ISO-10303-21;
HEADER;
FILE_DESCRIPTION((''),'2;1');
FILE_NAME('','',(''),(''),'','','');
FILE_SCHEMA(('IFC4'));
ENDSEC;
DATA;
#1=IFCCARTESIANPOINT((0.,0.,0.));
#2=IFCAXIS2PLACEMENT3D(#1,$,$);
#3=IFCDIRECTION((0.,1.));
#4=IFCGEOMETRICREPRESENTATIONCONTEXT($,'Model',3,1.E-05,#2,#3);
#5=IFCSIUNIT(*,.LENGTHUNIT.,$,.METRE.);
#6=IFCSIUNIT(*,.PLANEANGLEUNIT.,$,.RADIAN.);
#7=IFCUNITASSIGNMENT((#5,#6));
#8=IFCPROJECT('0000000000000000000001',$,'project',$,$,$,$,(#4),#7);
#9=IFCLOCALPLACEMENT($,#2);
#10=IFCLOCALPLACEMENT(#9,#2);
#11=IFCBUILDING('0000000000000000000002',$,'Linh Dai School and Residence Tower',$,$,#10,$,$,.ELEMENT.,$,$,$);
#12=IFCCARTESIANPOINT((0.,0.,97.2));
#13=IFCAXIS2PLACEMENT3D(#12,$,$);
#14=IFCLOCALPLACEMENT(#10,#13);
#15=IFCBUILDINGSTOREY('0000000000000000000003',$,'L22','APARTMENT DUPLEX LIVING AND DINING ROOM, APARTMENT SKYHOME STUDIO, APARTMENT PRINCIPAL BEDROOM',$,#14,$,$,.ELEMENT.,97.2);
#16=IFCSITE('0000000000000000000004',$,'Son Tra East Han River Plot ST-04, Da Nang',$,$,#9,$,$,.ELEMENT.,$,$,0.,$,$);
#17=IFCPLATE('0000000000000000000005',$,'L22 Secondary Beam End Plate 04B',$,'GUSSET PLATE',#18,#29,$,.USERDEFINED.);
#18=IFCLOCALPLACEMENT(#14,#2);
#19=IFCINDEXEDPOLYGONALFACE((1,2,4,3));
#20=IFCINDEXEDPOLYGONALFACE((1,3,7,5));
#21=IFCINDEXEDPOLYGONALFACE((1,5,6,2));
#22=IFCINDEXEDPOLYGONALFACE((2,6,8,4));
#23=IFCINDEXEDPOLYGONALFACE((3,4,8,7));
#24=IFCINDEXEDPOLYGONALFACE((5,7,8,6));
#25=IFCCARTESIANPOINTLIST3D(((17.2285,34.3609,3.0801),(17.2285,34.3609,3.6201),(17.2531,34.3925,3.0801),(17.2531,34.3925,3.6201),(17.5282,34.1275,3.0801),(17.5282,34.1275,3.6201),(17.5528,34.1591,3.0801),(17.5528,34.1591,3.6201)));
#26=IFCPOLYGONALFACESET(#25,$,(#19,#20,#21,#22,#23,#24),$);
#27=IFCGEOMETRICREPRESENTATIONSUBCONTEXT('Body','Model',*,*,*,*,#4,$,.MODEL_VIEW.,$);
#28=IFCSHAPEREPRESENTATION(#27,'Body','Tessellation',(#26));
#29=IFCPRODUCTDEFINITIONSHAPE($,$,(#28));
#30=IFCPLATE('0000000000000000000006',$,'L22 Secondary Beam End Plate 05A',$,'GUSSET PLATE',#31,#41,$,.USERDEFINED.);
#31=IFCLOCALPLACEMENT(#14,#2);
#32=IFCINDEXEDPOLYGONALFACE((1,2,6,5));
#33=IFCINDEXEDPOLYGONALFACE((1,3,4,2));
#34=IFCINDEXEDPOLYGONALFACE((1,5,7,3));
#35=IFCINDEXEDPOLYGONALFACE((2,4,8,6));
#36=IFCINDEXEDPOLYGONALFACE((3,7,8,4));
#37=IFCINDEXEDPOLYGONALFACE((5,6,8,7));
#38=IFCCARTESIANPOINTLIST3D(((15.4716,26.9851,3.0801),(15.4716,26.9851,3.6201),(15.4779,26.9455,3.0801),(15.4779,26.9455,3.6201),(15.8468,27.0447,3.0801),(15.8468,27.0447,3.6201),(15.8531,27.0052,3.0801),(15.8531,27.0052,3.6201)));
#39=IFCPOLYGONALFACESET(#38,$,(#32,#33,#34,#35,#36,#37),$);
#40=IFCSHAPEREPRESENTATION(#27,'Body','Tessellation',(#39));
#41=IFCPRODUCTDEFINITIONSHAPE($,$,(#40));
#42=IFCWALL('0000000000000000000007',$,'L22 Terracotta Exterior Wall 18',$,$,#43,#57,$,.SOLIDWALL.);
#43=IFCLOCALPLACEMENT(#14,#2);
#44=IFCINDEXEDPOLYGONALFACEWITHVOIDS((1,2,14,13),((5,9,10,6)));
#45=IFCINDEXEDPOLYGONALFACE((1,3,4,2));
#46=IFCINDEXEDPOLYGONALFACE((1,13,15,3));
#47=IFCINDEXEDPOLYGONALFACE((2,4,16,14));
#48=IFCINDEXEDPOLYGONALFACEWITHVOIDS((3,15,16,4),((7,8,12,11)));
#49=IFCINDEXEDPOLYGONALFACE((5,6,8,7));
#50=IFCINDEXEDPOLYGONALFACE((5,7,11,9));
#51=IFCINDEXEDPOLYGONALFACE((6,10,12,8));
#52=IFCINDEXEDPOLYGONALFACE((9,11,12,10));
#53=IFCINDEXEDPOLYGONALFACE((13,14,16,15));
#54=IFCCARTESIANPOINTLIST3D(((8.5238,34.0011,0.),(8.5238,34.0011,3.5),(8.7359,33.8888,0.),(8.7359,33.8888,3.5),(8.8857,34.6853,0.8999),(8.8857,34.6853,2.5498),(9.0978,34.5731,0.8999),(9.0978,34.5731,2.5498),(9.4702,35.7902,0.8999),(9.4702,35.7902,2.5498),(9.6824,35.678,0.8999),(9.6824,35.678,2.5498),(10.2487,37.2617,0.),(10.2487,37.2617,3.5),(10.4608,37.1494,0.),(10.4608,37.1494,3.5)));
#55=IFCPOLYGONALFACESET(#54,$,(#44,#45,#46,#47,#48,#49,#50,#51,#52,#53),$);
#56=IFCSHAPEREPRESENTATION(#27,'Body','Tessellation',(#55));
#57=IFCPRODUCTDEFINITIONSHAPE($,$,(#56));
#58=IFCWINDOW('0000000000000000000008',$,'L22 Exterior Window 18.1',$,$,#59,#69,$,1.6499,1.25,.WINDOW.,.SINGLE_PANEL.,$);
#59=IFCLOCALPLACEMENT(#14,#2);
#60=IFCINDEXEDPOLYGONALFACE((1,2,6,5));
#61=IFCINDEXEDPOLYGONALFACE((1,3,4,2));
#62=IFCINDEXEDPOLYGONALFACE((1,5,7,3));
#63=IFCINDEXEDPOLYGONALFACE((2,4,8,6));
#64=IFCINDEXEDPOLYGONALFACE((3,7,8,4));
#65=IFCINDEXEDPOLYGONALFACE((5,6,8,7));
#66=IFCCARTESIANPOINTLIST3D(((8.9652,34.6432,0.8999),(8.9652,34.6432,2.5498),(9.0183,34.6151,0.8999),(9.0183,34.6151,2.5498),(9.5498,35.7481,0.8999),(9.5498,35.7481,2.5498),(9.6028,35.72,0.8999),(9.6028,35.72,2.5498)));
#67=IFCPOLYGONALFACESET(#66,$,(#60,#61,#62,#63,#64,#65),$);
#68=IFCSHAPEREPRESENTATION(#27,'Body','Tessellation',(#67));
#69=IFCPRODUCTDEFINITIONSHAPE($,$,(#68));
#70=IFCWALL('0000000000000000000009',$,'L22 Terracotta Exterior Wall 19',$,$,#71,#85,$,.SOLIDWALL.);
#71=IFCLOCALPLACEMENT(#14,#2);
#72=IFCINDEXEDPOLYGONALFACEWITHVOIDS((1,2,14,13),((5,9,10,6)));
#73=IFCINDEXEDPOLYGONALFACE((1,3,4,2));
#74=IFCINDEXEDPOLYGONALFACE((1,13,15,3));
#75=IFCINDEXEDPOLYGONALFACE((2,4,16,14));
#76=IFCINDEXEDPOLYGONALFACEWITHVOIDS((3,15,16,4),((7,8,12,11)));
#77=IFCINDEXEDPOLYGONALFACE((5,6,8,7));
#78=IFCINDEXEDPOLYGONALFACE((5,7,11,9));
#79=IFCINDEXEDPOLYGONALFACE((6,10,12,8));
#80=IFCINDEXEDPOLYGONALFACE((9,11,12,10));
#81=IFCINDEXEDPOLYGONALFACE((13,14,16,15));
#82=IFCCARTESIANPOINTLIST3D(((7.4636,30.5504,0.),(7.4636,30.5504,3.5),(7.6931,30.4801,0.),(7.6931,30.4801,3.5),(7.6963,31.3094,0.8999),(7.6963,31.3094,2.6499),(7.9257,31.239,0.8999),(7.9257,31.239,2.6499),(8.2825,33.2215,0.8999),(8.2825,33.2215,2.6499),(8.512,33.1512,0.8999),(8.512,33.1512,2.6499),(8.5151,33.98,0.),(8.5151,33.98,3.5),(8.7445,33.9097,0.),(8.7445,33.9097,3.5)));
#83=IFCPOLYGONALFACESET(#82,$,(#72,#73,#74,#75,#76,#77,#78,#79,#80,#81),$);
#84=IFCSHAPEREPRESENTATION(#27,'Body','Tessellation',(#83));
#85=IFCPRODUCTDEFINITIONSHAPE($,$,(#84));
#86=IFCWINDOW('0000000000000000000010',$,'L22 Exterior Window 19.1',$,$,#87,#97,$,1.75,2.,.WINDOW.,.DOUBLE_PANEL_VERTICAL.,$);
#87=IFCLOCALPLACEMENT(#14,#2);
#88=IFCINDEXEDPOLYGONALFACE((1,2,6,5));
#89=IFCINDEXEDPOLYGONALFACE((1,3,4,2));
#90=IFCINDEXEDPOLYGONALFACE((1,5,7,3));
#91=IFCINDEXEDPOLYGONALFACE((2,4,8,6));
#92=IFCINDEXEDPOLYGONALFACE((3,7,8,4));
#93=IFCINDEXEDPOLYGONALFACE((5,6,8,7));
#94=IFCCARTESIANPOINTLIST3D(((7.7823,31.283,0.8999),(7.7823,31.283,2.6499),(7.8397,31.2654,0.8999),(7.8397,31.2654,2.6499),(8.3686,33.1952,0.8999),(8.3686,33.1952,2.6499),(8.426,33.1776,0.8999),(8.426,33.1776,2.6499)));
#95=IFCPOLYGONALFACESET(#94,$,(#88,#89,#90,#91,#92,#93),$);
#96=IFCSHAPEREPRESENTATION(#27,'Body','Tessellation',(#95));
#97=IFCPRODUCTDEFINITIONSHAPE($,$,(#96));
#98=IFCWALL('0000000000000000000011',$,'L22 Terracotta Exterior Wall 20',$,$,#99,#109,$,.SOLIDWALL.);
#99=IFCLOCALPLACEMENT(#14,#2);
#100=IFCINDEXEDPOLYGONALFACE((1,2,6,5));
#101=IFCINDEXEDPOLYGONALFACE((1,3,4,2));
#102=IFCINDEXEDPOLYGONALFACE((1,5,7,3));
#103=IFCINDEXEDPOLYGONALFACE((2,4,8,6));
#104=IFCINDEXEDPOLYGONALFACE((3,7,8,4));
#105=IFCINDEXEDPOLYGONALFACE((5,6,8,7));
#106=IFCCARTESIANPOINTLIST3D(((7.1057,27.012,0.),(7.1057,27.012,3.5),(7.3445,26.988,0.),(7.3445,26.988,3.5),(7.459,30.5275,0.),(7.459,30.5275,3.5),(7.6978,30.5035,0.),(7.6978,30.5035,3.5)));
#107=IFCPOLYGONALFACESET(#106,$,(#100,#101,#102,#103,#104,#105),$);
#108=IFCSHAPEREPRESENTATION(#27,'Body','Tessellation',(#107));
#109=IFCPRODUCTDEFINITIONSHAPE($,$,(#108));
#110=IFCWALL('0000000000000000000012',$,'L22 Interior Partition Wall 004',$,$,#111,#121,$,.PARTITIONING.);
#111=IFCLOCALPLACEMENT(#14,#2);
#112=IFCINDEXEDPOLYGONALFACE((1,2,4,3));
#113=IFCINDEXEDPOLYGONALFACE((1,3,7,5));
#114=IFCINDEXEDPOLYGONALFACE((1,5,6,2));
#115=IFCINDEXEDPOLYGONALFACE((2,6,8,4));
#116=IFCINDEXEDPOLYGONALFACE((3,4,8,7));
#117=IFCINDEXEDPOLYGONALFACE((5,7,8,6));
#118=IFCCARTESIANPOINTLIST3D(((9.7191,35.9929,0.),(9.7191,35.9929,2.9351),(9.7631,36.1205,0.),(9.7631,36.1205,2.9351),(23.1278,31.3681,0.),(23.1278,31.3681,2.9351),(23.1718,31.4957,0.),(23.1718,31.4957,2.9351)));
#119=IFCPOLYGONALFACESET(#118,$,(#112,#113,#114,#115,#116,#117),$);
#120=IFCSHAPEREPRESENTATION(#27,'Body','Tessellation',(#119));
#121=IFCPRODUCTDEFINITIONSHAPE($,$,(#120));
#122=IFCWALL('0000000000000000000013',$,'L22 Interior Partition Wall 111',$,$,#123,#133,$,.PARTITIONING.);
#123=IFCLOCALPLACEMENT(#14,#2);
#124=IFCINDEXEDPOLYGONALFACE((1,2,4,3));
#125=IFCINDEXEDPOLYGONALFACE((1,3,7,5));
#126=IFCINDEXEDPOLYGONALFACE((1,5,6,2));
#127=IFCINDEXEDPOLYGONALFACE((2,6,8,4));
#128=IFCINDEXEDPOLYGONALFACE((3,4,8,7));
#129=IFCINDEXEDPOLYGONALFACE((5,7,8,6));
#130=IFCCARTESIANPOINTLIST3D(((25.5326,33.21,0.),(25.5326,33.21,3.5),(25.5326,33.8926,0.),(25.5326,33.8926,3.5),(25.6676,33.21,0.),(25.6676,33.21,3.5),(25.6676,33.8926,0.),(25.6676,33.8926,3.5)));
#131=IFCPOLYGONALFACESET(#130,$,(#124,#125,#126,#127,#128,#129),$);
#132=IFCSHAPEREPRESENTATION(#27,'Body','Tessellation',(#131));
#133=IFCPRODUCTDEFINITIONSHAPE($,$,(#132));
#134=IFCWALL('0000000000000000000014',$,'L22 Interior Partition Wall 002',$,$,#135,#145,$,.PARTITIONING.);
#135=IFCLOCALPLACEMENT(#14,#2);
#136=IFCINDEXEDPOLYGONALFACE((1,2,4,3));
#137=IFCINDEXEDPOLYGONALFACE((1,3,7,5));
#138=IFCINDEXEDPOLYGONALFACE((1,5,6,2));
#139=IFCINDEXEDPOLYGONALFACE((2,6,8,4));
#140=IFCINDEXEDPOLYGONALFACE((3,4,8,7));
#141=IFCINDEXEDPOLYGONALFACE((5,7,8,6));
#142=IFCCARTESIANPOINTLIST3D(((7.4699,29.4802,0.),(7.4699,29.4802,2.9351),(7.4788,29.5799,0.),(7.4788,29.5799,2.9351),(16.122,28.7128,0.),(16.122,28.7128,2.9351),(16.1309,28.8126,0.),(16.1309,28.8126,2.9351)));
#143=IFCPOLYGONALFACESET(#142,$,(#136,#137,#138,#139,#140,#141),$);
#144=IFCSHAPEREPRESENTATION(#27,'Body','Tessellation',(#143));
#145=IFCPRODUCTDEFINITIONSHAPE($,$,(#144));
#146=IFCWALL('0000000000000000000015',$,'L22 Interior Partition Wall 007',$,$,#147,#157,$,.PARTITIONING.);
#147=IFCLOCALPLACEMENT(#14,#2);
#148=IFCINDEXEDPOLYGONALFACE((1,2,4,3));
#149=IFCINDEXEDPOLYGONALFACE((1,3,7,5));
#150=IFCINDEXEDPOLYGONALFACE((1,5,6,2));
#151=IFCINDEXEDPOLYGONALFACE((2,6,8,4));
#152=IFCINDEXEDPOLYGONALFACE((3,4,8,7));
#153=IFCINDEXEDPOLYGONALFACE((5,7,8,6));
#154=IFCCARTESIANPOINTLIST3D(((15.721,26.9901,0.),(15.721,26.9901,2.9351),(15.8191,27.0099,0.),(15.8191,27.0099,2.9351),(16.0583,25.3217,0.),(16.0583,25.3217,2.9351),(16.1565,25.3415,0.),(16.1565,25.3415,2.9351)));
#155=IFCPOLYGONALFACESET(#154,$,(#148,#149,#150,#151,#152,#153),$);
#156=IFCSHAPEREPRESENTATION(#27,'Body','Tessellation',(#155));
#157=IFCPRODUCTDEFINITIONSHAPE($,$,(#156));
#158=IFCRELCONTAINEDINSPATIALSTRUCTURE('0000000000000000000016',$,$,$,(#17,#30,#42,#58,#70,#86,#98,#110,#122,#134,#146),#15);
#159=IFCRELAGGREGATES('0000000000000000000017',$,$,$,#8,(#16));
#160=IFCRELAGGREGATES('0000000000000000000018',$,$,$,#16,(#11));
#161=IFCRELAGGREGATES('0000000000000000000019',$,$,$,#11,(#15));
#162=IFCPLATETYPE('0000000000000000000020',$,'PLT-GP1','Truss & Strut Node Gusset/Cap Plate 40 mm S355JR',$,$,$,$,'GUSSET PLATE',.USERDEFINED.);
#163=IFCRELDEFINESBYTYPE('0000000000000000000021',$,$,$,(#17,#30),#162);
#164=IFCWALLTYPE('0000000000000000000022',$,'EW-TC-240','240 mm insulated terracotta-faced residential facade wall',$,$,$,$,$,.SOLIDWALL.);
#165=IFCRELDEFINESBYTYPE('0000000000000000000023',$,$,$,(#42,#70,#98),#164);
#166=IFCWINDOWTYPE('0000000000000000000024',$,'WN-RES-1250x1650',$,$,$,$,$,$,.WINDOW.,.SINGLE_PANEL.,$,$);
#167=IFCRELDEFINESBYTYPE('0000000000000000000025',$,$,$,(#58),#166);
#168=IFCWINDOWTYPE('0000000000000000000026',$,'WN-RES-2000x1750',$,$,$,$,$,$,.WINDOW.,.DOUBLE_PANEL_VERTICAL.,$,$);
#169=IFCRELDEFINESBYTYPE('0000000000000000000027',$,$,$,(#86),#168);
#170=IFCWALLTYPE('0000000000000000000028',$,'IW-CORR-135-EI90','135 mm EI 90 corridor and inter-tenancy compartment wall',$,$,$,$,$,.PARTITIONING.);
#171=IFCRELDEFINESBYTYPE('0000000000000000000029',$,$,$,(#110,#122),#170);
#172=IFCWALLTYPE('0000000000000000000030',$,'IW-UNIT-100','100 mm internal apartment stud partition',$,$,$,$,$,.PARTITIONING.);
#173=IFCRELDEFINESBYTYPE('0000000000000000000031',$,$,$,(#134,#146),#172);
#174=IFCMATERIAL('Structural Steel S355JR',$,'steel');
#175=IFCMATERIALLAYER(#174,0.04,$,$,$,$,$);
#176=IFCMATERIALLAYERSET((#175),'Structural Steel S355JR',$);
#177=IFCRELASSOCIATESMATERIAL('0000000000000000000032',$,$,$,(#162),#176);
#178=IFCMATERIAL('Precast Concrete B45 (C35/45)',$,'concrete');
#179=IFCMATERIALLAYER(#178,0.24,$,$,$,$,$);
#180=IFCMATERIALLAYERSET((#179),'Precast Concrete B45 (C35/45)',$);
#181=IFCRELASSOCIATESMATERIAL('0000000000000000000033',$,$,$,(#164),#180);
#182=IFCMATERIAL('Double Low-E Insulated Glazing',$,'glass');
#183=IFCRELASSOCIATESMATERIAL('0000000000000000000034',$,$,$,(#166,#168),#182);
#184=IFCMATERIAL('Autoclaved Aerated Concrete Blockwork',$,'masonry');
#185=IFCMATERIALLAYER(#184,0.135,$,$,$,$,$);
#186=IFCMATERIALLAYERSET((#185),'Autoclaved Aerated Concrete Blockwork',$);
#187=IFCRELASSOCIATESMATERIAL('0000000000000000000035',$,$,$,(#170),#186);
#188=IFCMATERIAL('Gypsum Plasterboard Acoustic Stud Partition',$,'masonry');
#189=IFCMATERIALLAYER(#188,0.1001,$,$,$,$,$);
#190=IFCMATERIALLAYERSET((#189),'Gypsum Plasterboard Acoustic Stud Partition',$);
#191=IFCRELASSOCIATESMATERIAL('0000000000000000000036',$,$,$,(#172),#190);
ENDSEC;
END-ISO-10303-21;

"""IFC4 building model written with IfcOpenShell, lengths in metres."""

from ifc_helpers import new_model, si_unit, direction, frame, frame_2d, origin, origin_2d, place, context, subcontext, project, spatial, rectangle, extrude, source, transform, mapped, material, layer, layer_set, type_object, element, fill, save


model = new_model("IFC4")

# Units and contexts
model_context = context("Model", 3, precision=1e-05, world=origin(), true_north=direction((0.0, 1.0)))
body_context = subcontext(model_context, "Body", "Model", "MODEL_VIEW")
ifc_project = project(units=[si_unit("LENGTHUNIT", "METRE"), si_unit("PLANEANGLEUNIT", "RADIAN")], contexts=[model_context])

# Site, building, storey
site_placement = place(None, origin())
site = spatial("IfcSite", under=ifc_project, at=site_placement, Name="Son Tra East Han River Plot ST-04, Da Nang", CompositionType="ELEMENT", RefElevation=0.0)
building_placement = place(site_placement, origin())
building = spatial("IfcBuilding", under=site, at=building_placement, Name="Linh Dai School and Residence Tower", CompositionType="ELEMENT")
storey_placement = place(building_placement, frame((0.0, 0.0, 97.2)))
storey = spatial("IfcBuildingStorey", under=building, at=storey_placement, Name="L22", Description="APARTMENT DUPLEX LIVING AND DINING ROOM, APARTMENT SKYHOME STUDIO, APARTMENT PRINCIPAL BEDROOM", CompositionType="ELEMENT", Elevation=97.2)

# Shared definitions
ifc_material_1 = material(Name="Structural Steel S355JR", Category="steel")

# Plates
ifc_layer_1 = layer(ifc_material_1, 0.04)
ifc_layer_set_1 = layer_set([ifc_layer_1], Name="Structural Steel S355JR")
plate_type = type_object("IfcPlateType", Name="PLT-GP1", Description="Truss & Strut Node Gusset/Cap Plate 40 mm S355JR", ElementType="GUSSET PLATE", PredefinedType="USERDEFINED", material=ifc_layer_set_1)
shared_shape_1 = source(origin(), body_context, "Body", "SweptSolid", [
    extrude(rectangle(XDim=0.04, YDim=0.3799, at=origin_2d()), origin(), (0.0, 0.0, 1.0), 0.54),
])
for number, where, z_axis, x_axis, name in (
    (1, (17.3906, 34.26, 3.0801), (0.0, 0.0, 1.0), (-0.614363, -0.789024, 0.0), "L22 Secondary Beam End Plate 04B"),
    (2, (15.6624, 26.9951, 3.0801), (0.0, 0.0, 1.0), (0.157025, -0.987595, 0.0), "L22 Secondary Beam End Plate 05A"),
):
    element("IfcPlate", number, at=place(storey_placement, frame(where, z_axis=z_axis, x_axis=x_axis)), inside=storey, type_object=plate_type, Name=name, ObjectType="GUSSET PLATE", PredefinedType="USERDEFINED", context=body_context, shape_type="MappedRepresentation", body=[
        mapped(shared_shape_1, transform((0.0, 0.0, 0.0), x_axis=(1.0, 0.0, 0.0), y_axis=(0.0, 1.0, 0.0), z_axis=(0.0, 0.0, 1.0), scale=1.0)),
    ])

# Walls, openings, windows
ifc_material_2 = material(Name="Precast Concrete B45 (C35/45)", Category="concrete")
ifc_layer_2 = layer(ifc_material_2, 0.24)
ifc_layer_set_2 = layer_set([ifc_layer_2], Name="Precast Concrete B45 (C35/45)")
wall_type_1 = type_object("IfcWallType", Name="EW-TC-240", Description="240 mm insulated terracotta-faced residential facade wall", PredefinedType="SOLIDWALL", material=ifc_layer_set_2)
wall_1_placement = place(storey_placement, frame((8.6299, 33.9451, 0.0), z_axis=(0.0, 0.0, 1.0), x_axis=(0.467614, 0.883933, 0.0)))
wall_1 = element("IfcWall", 3, at=wall_1_placement, inside=storey, type_object=wall_type_1, Name="L22 Terracotta Exterior Wall 18", PredefinedType="SOLIDWALL", context=body_context, shape_type="SweptSolid", body=[
    extrude(rectangle(XDim=3.6887, YDim=0.24, at=frame_2d((1.8442, 0.0))), origin(), (0.0, 0.0, 1.0), 3.5),
])
opening_1_placement = place(wall_1_placement, frame((0.7739, 0.0, 0.8999)))
opening_1 = element("IfcOpeningElement", 4, at=opening_1_placement, cuts=wall_1, PredefinedType="OPENING", context=body_context, shape_type="SweptSolid", body=[
    extrude(rectangle(XDim=1.25, YDim=1.6499, at=origin_2d()), frame((0.625, 0.1299, 0.825), z_axis=(0.0, -1.0, 0.0), x_axis=(1.0, 0.0, 0.0)), (0.0, 0.0, 1.0), 0.26),
])
ifc_material_3 = material(Name="Double Low-E Insulated Glazing", Category="glass")
window_type_1 = type_object("IfcWindowType", Name="WN-RES-1250x1650", PartitioningType="SINGLE_PANEL", PredefinedType="WINDOW", material=ifc_material_3)
shared_shape_2 = source(origin(), body_context, "Body", "SweptSolid", [
    extrude(rectangle(XDim=1.25, YDim=1.6499, at=origin_2d()), frame((0.625, 0.03, 0.825), z_axis=(0.0, -1.0, 0.0), x_axis=(1.0, 0.0, 0.0)), (0.0, 0.0, 1.0), 0.0601),
])
window_1_placement = place(opening_1_placement, origin())
window_1 = element("IfcWindow", 5, at=window_1_placement, inside=storey, type_object=window_type_1, Name="L22 Exterior Window 18.1", OverallHeight=1.6499, OverallWidth=1.25, PartitioningType="SINGLE_PANEL", PredefinedType="WINDOW", context=body_context, shape_type="MappedRepresentation", body=[
    mapped(shared_shape_2, transform((0.0, 0.0, 0.0), x_axis=(1.0, 0.0, 0.0), y_axis=(0.0, 1.0, 0.0), z_axis=(0.0, 0.0, 1.0), scale=1.0)),
])
fill(opening_1, window_1)
wall_2_placement = place(storey_placement, frame((7.5784, 30.5154, 0.0), z_axis=(0.0, 0.0, 1.0), x_axis=(0.293124, 0.956074, 0.0)))
wall_2 = element("IfcWall", 6, at=wall_2_placement, inside=storey, type_object=wall_type_1, Name="L22 Terracotta Exterior Wall 19", PredefinedType="SOLIDWALL", context=body_context, shape_type="SweptSolid", body=[
    extrude(rectangle(XDim=3.5872, YDim=0.24, at=frame_2d((1.7935, 0.0))), origin(), (0.0, 0.0, 1.0), 3.5),
])
opening_2_placement = place(wall_2_placement, frame((0.7937, 0.0, 0.8999)))
opening_2 = element("IfcOpeningElement", 7, at=opening_2_placement, cuts=wall_2, PredefinedType="OPENING", context=body_context, shape_type="SweptSolid", body=[
    extrude(rectangle(XDim=2.0, YDim=1.75, at=origin_2d()), frame((1.0, 0.1299, 0.875), z_axis=(0.0, -1.0, 0.0), x_axis=(1.0, 0.0, 0.0)), (0.0, 0.0, 1.0), 0.26),
])
window_type_2 = type_object("IfcWindowType", Name="WN-RES-2000x1750", PartitioningType="DOUBLE_PANEL_VERTICAL", PredefinedType="WINDOW", material=ifc_material_3)
shared_shape_3 = source(origin(), body_context, "Body", "SweptSolid", [
    extrude(rectangle(XDim=2.0, YDim=1.75, at=origin_2d()), frame((1.0, 0.03, 0.875), z_axis=(0.0, -1.0, 0.0), x_axis=(1.0, 0.0, 0.0)), (0.0, 0.0, 1.0), 0.0601),
])
window_2_placement = place(opening_2_placement, origin())
window_2 = element("IfcWindow", 8, at=window_2_placement, inside=storey, type_object=window_type_2, Name="L22 Exterior Window 19.1", OverallHeight=1.75, OverallWidth=2.0, PartitioningType="DOUBLE_PANEL_VERTICAL", PredefinedType="WINDOW", context=body_context, shape_type="MappedRepresentation", body=[
    mapped(shared_shape_3, transform((0.0, 0.0, 0.0), x_axis=(1.0, 0.0, 0.0), y_axis=(0.0, 1.0, 0.0), z_axis=(0.0, 0.0, 1.0), scale=1.0)),
])
fill(opening_2, window_2)

# Walls
wall_3_placement = place(storey_placement, frame((7.2251, 27.0, 0.0), z_axis=(0.0, 0.0, 1.0), x_axis=(0.099989, 0.994988, 0.0)))
element("IfcWall", 9, at=wall_3_placement, inside=storey, type_object=wall_type_1, Name="L22 Terracotta Exterior Wall 20", PredefinedType="SOLIDWALL", context=body_context, shape_type="SweptSolid", body=[
    extrude(rectangle(XDim=3.5332, YDim=0.24, at=frame_2d((1.7666, 0.0))), origin(), (0.0, 0.0, 1.0), 3.5),
])
ifc_material_4 = material(Name="Autoclaved Aerated Concrete Blockwork", Category="masonry")
ifc_layer_3 = layer(ifc_material_4, 0.135)
ifc_layer_set_3 = layer_set([ifc_layer_3], Name="Autoclaved Aerated Concrete Blockwork")
wall_type_2 = type_object("IfcWallType", Name="IW-CORR-135-EI90", Description="135 mm EI 90 corridor and inter-tenancy compartment wall", PredefinedType="PARTITIONING", material=ifc_layer_set_3)
wall_4_placement = place(storey_placement, frame((9.7412, 36.0566, 0.0), z_axis=(0.0, 0.0, 1.0), x_axis=(0.94535, -0.326058, 0.0)))
element("IfcWall", 10, at=wall_4_placement, inside=storey, type_object=wall_type_2, Name="L22 Interior Partition Wall 004", PredefinedType="PARTITIONING", context=body_context, shape_type="SweptSolid", body=[
    extrude(rectangle(XDim=14.1838, YDim=0.135, at=frame_2d((7.0918, 0.0))), origin(), (0.0, 0.0, 1.0), 2.9351),
])
wall_5_placement = place(storey_placement, frame((25.6001, 33.8926, 0.0), z_axis=(0.0, 0.0, 1.0), x_axis=(0.0, -1.0, 0.0)))
element("IfcWall", 11, at=wall_5_placement, inside=storey, type_object=wall_type_2, Name="L22 Interior Partition Wall 111", PredefinedType="PARTITIONING", context=body_context, shape_type="SweptSolid", body=[
    extrude(rectangle(XDim=0.6826, YDim=0.135, at=frame_2d((0.3413, 0.0))), origin(), (0.0, 0.0, 1.0), 3.5),
])
ifc_material_5 = material(Name="Gypsum Plasterboard Acoustic Stud Partition", Category="masonry")
ifc_layer_4 = layer(ifc_material_5, 0.1001)
ifc_layer_set_4 = layer_set([ifc_layer_4], Name="Gypsum Plasterboard Acoustic Stud Partition")
wall_type_3 = type_object("IfcWallType", Name="IW-UNIT-100", Description="100 mm internal apartment stud partition", PredefinedType="PARTITIONING", material=ifc_layer_set_4)
wall_6_placement = place(storey_placement, frame((7.4744, 29.53, 0.0), z_axis=(0.0, 0.0, 1.0), x_axis=(0.99609, -0.088341, 0.0)))
element("IfcWall", 12, at=wall_6_placement, inside=storey, type_object=wall_type_3, Name="L22 Interior Partition Wall 002", PredefinedType="PARTITIONING", context=body_context, shape_type="SweptSolid", body=[
    extrude(rectangle(XDim=8.686, YDim=0.1001, at=frame_2d((4.343, 0.0))), origin(), (0.0, 0.0, 1.0), 2.9351),
])
wall_7_placement = place(storey_placement, frame((15.77, 27.0, 0.0), z_axis=(0.0, 0.0, 1.0), x_axis=(0.198212, -0.980159, 0.0)))
element("IfcWall", 13, at=wall_7_placement, inside=storey, type_object=wall_type_3, Name="L22 Interior Partition Wall 007", PredefinedType="PARTITIONING", context=body_context, shape_type="SweptSolid", body=[
    extrude(rectangle(XDim=1.7021, YDim=0.1001, at=frame_2d((0.8511, 0.0))), origin(), (0.0, 0.0, 1.0), 2.9351),
])

save(model, "model.ifc")
